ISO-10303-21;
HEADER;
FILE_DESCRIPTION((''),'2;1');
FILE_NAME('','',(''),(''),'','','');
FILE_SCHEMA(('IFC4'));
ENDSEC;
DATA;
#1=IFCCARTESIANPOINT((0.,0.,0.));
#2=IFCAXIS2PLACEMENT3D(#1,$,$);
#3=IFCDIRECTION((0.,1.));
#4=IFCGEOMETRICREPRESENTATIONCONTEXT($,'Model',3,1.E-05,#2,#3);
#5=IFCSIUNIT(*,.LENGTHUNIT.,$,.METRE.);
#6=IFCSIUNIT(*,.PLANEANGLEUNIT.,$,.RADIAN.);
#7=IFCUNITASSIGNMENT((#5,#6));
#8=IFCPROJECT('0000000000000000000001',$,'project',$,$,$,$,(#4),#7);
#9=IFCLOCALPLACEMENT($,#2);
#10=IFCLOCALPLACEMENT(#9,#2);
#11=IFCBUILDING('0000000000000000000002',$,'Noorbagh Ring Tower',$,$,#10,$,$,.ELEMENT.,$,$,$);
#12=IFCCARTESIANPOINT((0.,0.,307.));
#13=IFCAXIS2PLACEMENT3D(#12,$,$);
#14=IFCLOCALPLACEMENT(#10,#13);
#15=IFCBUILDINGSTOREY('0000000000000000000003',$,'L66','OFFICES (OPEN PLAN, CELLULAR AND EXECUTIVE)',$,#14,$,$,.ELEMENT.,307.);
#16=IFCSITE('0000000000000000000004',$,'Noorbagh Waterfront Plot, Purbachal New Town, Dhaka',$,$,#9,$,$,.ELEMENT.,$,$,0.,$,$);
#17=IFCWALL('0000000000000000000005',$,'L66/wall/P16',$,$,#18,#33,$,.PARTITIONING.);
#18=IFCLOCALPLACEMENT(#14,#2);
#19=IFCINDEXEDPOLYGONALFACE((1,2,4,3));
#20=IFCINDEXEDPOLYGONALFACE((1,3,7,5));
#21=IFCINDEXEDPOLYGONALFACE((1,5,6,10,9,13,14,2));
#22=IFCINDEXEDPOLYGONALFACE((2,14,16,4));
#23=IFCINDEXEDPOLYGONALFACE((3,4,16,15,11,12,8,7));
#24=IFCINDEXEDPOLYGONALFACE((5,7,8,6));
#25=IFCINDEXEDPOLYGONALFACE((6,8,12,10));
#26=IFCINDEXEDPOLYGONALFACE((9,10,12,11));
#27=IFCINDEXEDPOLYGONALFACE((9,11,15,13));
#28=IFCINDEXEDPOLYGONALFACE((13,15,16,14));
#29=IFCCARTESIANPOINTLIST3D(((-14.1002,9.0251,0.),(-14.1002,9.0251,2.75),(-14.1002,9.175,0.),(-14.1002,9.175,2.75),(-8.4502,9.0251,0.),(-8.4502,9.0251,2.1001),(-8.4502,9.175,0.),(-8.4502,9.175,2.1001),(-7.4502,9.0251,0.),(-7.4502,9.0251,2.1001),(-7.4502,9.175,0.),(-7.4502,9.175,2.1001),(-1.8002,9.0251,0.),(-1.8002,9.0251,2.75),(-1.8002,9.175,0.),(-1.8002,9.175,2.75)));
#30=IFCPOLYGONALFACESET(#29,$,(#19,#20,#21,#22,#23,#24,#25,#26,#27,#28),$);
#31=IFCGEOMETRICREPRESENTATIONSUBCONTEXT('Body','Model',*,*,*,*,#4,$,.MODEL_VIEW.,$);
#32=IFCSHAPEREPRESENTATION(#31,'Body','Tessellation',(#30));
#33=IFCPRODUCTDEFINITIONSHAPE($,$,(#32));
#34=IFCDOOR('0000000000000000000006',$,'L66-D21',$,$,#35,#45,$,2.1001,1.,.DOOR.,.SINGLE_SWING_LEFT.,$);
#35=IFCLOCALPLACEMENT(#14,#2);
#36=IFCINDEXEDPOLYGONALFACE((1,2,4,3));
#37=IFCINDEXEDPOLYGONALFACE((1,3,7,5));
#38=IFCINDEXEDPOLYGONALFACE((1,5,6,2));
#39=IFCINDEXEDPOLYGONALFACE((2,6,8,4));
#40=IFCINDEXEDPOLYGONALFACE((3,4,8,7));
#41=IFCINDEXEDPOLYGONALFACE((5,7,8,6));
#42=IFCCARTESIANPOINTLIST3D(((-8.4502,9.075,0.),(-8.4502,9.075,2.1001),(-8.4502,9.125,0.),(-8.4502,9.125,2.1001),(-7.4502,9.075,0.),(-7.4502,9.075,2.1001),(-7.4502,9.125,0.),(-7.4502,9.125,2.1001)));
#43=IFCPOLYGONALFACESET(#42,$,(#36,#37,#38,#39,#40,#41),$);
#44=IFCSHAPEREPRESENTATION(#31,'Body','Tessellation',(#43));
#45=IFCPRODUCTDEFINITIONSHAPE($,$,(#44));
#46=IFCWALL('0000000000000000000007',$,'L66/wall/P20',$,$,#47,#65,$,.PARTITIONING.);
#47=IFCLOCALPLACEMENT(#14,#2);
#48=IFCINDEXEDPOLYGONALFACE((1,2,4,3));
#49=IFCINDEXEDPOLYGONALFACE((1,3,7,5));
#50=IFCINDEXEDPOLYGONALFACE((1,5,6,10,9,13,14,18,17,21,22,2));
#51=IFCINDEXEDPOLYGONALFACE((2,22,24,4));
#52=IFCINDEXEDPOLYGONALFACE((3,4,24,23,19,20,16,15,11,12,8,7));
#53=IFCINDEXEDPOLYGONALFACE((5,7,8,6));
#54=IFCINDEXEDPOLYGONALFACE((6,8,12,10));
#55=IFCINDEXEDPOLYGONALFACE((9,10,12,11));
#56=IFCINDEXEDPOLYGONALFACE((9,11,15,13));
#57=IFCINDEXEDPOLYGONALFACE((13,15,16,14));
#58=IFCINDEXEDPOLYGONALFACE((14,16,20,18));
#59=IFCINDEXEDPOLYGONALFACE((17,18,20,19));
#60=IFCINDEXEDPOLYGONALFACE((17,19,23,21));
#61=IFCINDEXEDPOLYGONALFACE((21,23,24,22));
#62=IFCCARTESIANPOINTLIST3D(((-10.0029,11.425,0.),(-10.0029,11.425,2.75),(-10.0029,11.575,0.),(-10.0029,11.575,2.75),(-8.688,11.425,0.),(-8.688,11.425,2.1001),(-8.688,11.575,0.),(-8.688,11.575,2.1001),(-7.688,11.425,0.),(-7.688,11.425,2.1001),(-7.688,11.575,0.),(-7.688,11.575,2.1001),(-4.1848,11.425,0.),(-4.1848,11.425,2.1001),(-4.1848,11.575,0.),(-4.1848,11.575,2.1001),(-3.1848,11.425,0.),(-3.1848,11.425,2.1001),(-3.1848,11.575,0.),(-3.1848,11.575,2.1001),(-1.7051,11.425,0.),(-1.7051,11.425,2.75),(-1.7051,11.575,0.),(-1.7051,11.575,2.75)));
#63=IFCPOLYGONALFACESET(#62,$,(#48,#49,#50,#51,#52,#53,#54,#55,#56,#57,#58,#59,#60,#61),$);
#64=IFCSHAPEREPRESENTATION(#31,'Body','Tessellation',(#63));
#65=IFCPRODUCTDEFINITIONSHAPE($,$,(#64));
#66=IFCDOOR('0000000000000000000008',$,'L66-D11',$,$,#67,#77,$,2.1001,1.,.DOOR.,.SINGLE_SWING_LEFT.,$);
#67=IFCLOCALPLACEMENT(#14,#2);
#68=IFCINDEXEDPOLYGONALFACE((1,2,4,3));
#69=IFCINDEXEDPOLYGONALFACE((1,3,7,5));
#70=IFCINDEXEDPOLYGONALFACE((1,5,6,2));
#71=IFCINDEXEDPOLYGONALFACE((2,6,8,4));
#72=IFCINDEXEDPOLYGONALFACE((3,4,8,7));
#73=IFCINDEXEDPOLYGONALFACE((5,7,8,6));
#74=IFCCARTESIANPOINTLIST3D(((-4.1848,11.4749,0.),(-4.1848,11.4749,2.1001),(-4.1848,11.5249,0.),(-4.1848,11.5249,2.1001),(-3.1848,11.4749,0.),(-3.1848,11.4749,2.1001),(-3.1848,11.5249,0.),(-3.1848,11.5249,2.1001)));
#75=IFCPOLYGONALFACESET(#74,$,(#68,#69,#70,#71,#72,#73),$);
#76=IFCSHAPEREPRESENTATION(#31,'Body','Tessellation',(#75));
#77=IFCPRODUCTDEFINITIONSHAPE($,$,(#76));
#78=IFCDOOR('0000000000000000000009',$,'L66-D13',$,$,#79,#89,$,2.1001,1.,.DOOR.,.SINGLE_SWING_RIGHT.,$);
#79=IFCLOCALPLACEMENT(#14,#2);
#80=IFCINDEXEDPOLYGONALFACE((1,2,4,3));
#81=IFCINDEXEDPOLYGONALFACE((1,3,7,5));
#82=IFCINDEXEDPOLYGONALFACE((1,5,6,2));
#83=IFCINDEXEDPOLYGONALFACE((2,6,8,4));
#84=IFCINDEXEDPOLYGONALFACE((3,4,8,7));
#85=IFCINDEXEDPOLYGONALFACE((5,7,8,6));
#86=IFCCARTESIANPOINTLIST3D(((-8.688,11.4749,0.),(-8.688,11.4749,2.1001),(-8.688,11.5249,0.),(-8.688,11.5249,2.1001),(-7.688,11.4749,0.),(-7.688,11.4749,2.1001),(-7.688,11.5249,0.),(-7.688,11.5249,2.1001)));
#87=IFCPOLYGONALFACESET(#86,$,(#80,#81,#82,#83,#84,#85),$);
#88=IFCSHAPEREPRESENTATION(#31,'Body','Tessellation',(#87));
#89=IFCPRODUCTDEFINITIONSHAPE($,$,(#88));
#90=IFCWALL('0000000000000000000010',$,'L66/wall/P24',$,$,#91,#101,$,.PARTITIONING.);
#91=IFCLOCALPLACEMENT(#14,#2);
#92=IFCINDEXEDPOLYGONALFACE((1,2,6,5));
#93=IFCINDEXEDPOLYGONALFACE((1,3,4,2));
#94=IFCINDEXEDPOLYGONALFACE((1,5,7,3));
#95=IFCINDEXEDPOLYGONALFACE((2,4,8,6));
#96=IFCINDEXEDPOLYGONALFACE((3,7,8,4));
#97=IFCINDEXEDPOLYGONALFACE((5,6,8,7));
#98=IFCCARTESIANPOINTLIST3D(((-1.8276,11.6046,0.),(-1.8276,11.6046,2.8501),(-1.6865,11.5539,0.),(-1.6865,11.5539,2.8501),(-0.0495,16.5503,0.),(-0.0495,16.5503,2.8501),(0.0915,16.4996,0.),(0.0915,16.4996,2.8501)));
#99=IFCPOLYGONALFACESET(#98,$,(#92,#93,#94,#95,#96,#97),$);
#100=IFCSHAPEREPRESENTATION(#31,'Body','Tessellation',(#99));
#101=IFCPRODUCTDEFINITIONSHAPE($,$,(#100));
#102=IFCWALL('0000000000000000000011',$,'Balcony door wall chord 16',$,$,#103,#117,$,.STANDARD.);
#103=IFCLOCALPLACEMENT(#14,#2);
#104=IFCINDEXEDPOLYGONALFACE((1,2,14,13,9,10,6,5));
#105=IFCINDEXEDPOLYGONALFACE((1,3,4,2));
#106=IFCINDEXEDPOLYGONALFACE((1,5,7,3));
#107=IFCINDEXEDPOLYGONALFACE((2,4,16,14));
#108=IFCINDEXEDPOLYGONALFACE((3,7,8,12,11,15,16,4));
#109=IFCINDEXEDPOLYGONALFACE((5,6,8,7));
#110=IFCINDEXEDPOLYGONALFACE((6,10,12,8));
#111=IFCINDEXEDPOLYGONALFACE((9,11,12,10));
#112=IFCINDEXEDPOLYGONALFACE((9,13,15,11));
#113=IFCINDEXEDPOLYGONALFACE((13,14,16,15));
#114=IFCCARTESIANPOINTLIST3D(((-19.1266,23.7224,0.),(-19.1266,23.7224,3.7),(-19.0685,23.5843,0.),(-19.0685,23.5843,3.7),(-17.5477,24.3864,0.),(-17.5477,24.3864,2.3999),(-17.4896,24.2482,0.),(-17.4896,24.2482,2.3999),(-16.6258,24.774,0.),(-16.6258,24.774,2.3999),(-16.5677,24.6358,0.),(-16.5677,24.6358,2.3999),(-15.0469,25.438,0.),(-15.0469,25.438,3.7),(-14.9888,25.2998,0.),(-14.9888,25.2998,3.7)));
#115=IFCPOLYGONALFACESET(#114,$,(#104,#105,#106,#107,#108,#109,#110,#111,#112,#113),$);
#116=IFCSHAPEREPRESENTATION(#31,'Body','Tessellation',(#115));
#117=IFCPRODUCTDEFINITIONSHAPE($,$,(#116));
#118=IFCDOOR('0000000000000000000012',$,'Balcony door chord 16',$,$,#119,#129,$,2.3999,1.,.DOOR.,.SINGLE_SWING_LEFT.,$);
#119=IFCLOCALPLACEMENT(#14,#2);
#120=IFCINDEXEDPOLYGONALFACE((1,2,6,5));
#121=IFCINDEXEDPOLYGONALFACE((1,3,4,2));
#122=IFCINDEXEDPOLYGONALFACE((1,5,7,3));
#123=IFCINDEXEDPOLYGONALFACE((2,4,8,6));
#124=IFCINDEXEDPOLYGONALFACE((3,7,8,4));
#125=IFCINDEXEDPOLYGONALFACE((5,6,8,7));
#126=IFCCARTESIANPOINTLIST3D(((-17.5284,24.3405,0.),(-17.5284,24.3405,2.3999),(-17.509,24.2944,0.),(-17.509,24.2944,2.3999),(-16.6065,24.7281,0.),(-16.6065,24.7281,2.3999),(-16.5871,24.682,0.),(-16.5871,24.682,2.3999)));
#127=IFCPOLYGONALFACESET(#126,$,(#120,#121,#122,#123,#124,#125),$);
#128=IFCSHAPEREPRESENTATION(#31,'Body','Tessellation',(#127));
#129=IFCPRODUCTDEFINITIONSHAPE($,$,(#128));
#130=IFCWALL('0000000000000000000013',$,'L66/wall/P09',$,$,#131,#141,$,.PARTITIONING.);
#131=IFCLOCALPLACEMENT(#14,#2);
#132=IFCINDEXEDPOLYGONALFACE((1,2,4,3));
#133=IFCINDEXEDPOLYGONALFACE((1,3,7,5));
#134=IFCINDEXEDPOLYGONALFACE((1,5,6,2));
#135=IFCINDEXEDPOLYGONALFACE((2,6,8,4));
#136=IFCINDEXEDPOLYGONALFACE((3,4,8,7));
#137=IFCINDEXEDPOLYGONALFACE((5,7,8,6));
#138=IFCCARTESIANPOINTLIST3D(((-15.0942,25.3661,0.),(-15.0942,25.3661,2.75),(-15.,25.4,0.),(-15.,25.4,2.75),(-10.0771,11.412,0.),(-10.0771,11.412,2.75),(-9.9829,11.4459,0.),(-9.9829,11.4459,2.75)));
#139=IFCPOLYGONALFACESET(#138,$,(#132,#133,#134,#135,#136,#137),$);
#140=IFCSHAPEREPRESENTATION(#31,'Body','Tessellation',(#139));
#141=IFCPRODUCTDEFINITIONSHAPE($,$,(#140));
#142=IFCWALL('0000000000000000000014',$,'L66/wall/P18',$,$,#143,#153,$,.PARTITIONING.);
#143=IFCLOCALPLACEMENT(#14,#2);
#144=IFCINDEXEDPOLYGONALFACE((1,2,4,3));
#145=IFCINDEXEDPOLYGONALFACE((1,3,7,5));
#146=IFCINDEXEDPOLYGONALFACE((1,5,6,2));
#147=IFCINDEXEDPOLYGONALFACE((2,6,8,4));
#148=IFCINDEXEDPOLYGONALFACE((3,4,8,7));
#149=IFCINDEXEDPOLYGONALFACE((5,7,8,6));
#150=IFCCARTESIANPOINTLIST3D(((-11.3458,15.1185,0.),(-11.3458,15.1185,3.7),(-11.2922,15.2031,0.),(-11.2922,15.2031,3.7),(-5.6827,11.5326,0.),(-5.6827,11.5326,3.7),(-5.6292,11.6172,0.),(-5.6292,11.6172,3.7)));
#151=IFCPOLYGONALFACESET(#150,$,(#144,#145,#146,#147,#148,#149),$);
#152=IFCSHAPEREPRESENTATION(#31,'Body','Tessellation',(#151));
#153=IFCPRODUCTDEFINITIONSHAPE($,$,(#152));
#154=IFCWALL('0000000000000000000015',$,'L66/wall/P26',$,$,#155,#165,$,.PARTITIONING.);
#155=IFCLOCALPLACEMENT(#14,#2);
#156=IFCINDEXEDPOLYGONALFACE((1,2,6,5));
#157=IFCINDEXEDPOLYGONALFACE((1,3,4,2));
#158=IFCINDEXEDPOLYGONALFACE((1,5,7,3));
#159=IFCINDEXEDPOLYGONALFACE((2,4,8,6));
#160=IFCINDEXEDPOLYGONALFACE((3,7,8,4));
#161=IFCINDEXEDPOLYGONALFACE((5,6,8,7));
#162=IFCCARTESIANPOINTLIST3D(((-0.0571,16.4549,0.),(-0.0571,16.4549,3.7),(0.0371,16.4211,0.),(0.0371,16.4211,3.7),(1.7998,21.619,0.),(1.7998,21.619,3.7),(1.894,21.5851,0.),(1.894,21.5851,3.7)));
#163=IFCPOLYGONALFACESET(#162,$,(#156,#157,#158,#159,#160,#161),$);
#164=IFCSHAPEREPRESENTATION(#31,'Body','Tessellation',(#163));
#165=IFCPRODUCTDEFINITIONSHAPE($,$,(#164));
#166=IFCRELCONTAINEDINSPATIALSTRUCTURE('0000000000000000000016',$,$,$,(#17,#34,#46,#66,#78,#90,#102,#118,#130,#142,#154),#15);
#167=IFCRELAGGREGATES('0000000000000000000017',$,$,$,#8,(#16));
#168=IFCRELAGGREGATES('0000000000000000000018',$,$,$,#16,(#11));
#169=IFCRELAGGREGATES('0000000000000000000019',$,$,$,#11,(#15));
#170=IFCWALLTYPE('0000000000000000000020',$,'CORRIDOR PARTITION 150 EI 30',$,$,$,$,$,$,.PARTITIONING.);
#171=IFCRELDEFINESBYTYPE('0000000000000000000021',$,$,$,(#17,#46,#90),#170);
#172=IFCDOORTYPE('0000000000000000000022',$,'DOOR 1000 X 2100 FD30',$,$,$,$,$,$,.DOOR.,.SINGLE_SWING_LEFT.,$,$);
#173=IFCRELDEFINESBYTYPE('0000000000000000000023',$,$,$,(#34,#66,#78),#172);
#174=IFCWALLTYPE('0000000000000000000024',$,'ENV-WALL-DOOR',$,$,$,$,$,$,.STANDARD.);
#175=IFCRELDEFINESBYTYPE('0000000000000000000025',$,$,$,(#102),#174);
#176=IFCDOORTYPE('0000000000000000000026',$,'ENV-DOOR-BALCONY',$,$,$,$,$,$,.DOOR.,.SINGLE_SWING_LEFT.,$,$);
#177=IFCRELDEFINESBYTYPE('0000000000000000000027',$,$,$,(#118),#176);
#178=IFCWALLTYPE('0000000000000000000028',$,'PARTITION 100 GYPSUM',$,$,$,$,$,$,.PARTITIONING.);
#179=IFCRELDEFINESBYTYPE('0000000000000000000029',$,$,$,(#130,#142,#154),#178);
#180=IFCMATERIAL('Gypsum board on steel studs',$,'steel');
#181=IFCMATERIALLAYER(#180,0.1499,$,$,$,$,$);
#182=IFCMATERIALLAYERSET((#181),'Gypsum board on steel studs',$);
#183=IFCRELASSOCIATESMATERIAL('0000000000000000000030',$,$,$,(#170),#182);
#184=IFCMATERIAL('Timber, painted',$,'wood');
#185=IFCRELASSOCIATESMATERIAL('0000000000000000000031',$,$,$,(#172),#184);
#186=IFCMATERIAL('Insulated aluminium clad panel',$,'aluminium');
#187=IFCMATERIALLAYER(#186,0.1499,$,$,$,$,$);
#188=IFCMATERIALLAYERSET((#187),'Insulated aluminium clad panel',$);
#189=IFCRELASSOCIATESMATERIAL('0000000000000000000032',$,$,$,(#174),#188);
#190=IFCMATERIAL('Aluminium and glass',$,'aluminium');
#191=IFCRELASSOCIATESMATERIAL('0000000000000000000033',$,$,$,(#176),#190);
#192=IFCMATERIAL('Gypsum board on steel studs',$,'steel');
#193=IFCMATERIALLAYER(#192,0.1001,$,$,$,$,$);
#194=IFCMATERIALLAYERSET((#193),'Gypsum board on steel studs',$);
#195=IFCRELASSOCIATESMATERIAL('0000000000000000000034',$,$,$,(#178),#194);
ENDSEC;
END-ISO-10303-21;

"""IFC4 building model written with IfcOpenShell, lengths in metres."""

from ifc_helpers import new_model, si_unit, direction, frame, frame_2d, origin, place, context, subcontext, project, spatial, rectangle, extrude, material, layer, layer_set, type_object, element, fill, save


model = new_model("IFC4")

# Units and contexts
model_context = context("Model", 3, precision=1e-05, world=origin(), true_north=direction((0.0, 1.0)))
body_context = subcontext(model_context, "Body", "Model", "MODEL_VIEW")
ifc_project = project(units=[si_unit("LENGTHUNIT", "METRE"), si_unit("PLANEANGLEUNIT", "RADIAN")], contexts=[model_context])

# Site, building, storey
site_placement = place(None, origin())
site = spatial("IfcSite", under=ifc_project, at=site_placement, Name="Noorbagh Waterfront Plot, Purbachal New Town, Dhaka", CompositionType="ELEMENT", RefElevation=0.0)
building_placement = place(site_placement, origin())
building = spatial("IfcBuilding", under=site, at=building_placement, Name="Noorbagh Ring Tower", CompositionType="ELEMENT")
storey_placement = place(building_placement, frame((0.0, 0.0, 307.0)))
storey = spatial("IfcBuildingStorey", under=building, at=storey_placement, Name="L66", Description="OFFICES (OPEN PLAN, CELLULAR AND EXECUTIVE)", CompositionType="ELEMENT", Elevation=307.0)

# Wall, opening, door
ifc_material_1 = material(Name="Gypsum board on steel studs", Category="steel")
ifc_layer_1 = layer(ifc_material_1, 0.1499)
ifc_layer_set_1 = layer_set([ifc_layer_1], Name="Gypsum board on steel studs")
wall_type_1 = type_object("IfcWallType", Name="CORRIDOR PARTITION 150 EI 30", PredefinedType="PARTITIONING", material=ifc_layer_set_1)
wall_1_placement = place(storey_placement, frame((-14.1001, 9.1001, 0.0), z_axis=(0.0, 0.0, 1.0), x_axis=(1.0, 0.0, 0.0)))
wall_1 = element("IfcWall", 1, at=wall_1_placement, inside=storey, type_object=wall_type_1, Name="L66/wall/P16", PredefinedType="PARTITIONING", context=body_context, shape_type="SweptSolid", body=[
    extrude(rectangle(XDim=12.3, YDim=0.1499, at=frame_2d((6.1499, 0.0))), origin(), (0.0, 0.0, 1.0), 2.75),
])
opening_1_placement = place(wall_1_placement, frame((5.6499, 0.0, 0.0)))
opening_1 = element("IfcOpeningElement", 2, at=opening_1_placement, cuts=wall_1, PredefinedType="OPENING", context=body_context, shape_type="SweptSolid", body=[
    extrude(rectangle(XDim=1.0, YDim=2.1001, at=frame_2d((0.5, 1.05))), frame((0.0, 0.085, 0.0), z_axis=(0.0, -1.0, 0.0), x_axis=(1.0, 0.0, 0.0)), (0.0, 0.0, 1.0), 0.1699),
])
ifc_material_2 = material(Name="Timber, painted", Category="wood")
door_type_1 = type_object("IfcDoorType", Name="DOOR 1000 X 2100 FD30", OperationType="SINGLE_SWING_LEFT", PredefinedType="DOOR", material=ifc_material_2)
door_1_placement = place(opening_1_placement, origin())
door_1 = element("IfcDoor", 3, at=door_1_placement, inside=storey, type_object=door_type_1, Name="L66-D21", OperationType="SINGLE_SWING_LEFT", OverallHeight=2.1001, OverallWidth=1.0, PredefinedType="DOOR", context=body_context, shape_type="SweptSolid", body=[
    extrude(rectangle(XDim=1.0, YDim=2.1001, at=frame_2d((0.5, 1.05))), frame((0.0, 0.0249, 0.0), z_axis=(0.0, -1.0, 0.0), x_axis=(1.0, 0.0, 0.0)), (0.0, 0.0, 1.0), 0.05),
])
fill(opening_1, door_1)

# Wall, openings, doors
wall_2_placement = place(storey_placement, frame((-10.0029, 11.5, 0.0), z_axis=(0.0, 0.0, 1.0), x_axis=(1.0, 0.0, 0.0)))
wall_2 = element("IfcWall", 4, at=wall_2_placement, inside=storey, type_object=wall_type_1, Name="L66/wall/P20", PredefinedType="PARTITIONING", context=body_context, shape_type="SweptSolid", body=[
    extrude(rectangle(XDim=8.2979, YDim=0.1499, at=frame_2d((4.1489, 0.0))), origin(), (0.0, 0.0, 1.0), 2.75),
])
opening_2_placement = place(wall_2_placement, frame((5.8181, 0.0, 0.0)))
opening_2 = element("IfcOpeningElement", 5, at=opening_2_placement, cuts=wall_2, PredefinedType="OPENING", context=body_context, shape_type="SweptSolid", body=[
    extrude(rectangle(XDim=1.0, YDim=2.1001, at=frame_2d((0.5, 1.05))), frame((0.0, 0.085, 0.0), z_axis=(0.0, -1.0, 0.0), x_axis=(1.0, 0.0, 0.0)), (0.0, 0.0, 1.0), 0.1699),
])
opening_3_placement = place(wall_2_placement, frame((1.3149, 0.0, 0.0)))
opening_3 = element("IfcOpeningElement", 6, at=opening_3_placement, cuts=wall_2, PredefinedType="OPENING", context=body_context, shape_type="SweptSolid", body=[
    extrude(rectangle(XDim=1.0, YDim=2.1001, at=frame_2d((0.5, 1.05))), frame((0.0, 0.085, 0.0), z_axis=(0.0, -1.0, 0.0), x_axis=(1.0, 0.0, 0.0)), (0.0, 0.0, 1.0), 0.1699),
])
door_2_placement = place(opening_2_placement, origin())
door_2 = element("IfcDoor", 7, at=door_2_placement, inside=storey, type_object=door_type_1, Name="L66-D11", OperationType="SINGLE_SWING_LEFT", OverallHeight=2.1001, OverallWidth=1.0, PredefinedType="DOOR", context=body_context, shape_type="SweptSolid", body=[
    extrude(rectangle(XDim=1.0, YDim=2.1001, at=frame_2d((0.5, 1.05))), frame((0.0, 0.0249, 0.0), z_axis=(0.0, -1.0, 0.0), x_axis=(1.0, 0.0, 0.0)), (0.0, 0.0, 1.0), 0.05),
])
fill(opening_2, door_2)
door_3_placement = place(opening_3_placement, origin())
door_3 = element("IfcDoor", 8, at=door_3_placement, inside=storey, type_object=door_type_1, Name="L66-D13", OperationType="SINGLE_SWING_RIGHT", OverallHeight=2.1001, OverallWidth=1.0, PredefinedType="DOOR", context=body_context, shape_type="SweptSolid", body=[
    extrude(rectangle(XDim=1.0, YDim=2.1001, at=frame_2d((0.5, 1.05))), frame((0.0, 0.0249, 0.0), z_axis=(0.0, -1.0, 0.0), x_axis=(1.0, 0.0, 0.0)), (0.0, 0.0, 1.0), 0.05),
])
fill(opening_3, door_3)

# Wall
wall_3_placement = place(storey_placement, frame((-1.7571, 11.5791, 0.0), z_axis=(0.0, 0.0, 1.0), x_axis=(0.338313, 0.941034, 0.0)))
element("IfcWall", 9, at=wall_3_placement, inside=storey, type_object=wall_type_1, Name="L66/wall/P24", PredefinedType="PARTITIONING", context=body_context, shape_type="SweptSolid", body=[
    extrude(rectangle(XDim=5.2556, YDim=0.1499, at=frame_2d((2.6279, 0.0))), origin(), (0.0, 0.0, 1.0), 2.8501),
])

# Wall, opening, door
ifc_material_3 = material(Name="Insulated aluminium clad panel", Category="aluminium")
ifc_layer_2 = layer(ifc_material_3, 0.1499)
ifc_layer_set_2 = layer_set([ifc_layer_2], Name="Insulated aluminium clad panel")
wall_type_2 = type_object("IfcWallType", Name="ENV-WALL-DOOR", PredefinedType="STANDARD", material=ifc_layer_set_2)
wall_4_placement = place(storey_placement, frame((-15.0178, 25.3689, 0.0), z_axis=(0.0, 0.0, 1.0), x_axis=(-0.921817, -0.387625, 0.0)))
wall_4 = element("IfcWall", 10, at=wall_4_placement, inside=storey, type_object=wall_type_2, Name="Balcony door wall chord 16", PredefinedType="STANDARD", context=body_context, shape_type="SweptSolid", body=[
    extrude(rectangle(XDim=4.4258, YDim=0.1499, at=frame_2d((2.2129, 0.0))), origin(), (0.0, 0.0, 1.0), 3.7),
])
opening_4_placement = place(wall_4_placement, frame((1.7129, 0.0, 0.0)))
opening_4 = element("IfcOpeningElement", 11, at=opening_4_placement, cuts=wall_4, PredefinedType="OPENING", context=body_context, shape_type="SweptSolid", body=[
    extrude(rectangle(XDim=1.0, YDim=2.3999, at=frame_2d((0.5, 1.2))), frame((0.0, 0.085, 0.0), z_axis=(0.0, -1.0, 0.0), x_axis=(1.0, 0.0, 0.0)), (0.0, 0.0, 1.0), 0.1699),
])
ifc_material_4 = material(Name="Aluminium and glass", Category="aluminium")
door_type_2 = type_object("IfcDoorType", Name="ENV-DOOR-BALCONY", OperationType="SINGLE_SWING_LEFT", PredefinedType="DOOR", material=ifc_material_4)
door_4_placement = place(opening_4_placement, origin())
door_4 = element("IfcDoor", 12, at=door_4_placement, inside=storey, type_object=door_type_2, Name="Balcony door chord 16", OperationType="SINGLE_SWING_LEFT", OverallHeight=2.3999, OverallWidth=1.0, PredefinedType="DOOR", context=body_context, shape_type="SweptSolid", body=[
    extrude(rectangle(XDim=1.0, YDim=2.3999, at=frame_2d((0.5, 1.2))), frame((0.0, 0.0249, 0.0), z_axis=(0.0, -1.0, 0.0), x_axis=(1.0, 0.0, 0.0)), (0.0, 0.0, 1.0), 0.05),
])
fill(opening_4, door_4)

# Walls
ifc_material_5 = material(Name="Gypsum board on steel studs", Category="steel")
ifc_layer_3 = layer(ifc_material_5, 0.1001)
ifc_layer_set_3 = layer_set([ifc_layer_3], Name="Gypsum board on steel studs")
wall_type_3 = type_object("IfcWallType", Name="PARTITION 100 GYPSUM", PredefinedType="PARTITIONING", material=ifc_layer_set_3)
wall_5_placement = place(storey_placement, frame((-15.0471, 25.3831, 0.0), z_axis=(0.0, 0.0, 1.0), x_axis=(0.338338, -0.941025, 0.0)))
element("IfcWall", 13, at=wall_5_placement, inside=storey, type_object=wall_type_3, Name="L66/wall/P09", PredefinedType="PARTITIONING", context=body_context, shape_type="SweptSolid", body=[
    extrude(rectangle(XDim=14.8286, YDim=0.1001, at=frame_2d((7.4143, 0.0))), origin(), (0.0, 0.0, 1.0), 2.75),
])
wall_6_placement = place(storey_placement, frame((-11.3191, 15.1609, 0.0), z_axis=(0.0, 0.0, 1.0), x_axis=(0.844865, -0.534979, 0.0)))
element("IfcWall", 14, at=wall_6_placement, inside=storey, type_object=wall_type_3, Name="L66/wall/P18", PredefinedType="PARTITIONING", context=body_context, shape_type="SweptSolid", body=[
    extrude(rectangle(XDim=6.7029, YDim=0.1001, at=frame_2d((3.3516, 0.0))), origin(), (0.0, 0.0, 1.0), 3.7),
])
wall_7_placement = place(storey_placement, frame((-0.01, 16.438, 0.0), z_axis=(0.0, 0.0, 1.0), x_axis=(0.338376, 0.941011, 0.0)))
element("IfcWall", 15, at=wall_7_placement, inside=storey, type_object=wall_type_3, Name="L66/wall/P26", PredefinedType="PARTITIONING", context=body_context, shape_type="SweptSolid", body=[
    extrude(rectangle(XDim=5.4878, YDim=0.1001, at=frame_2d((2.7439, 0.0))), origin(), (0.0, 0.0, 1.0), 3.7),
])

save(model, "model.ifc")
